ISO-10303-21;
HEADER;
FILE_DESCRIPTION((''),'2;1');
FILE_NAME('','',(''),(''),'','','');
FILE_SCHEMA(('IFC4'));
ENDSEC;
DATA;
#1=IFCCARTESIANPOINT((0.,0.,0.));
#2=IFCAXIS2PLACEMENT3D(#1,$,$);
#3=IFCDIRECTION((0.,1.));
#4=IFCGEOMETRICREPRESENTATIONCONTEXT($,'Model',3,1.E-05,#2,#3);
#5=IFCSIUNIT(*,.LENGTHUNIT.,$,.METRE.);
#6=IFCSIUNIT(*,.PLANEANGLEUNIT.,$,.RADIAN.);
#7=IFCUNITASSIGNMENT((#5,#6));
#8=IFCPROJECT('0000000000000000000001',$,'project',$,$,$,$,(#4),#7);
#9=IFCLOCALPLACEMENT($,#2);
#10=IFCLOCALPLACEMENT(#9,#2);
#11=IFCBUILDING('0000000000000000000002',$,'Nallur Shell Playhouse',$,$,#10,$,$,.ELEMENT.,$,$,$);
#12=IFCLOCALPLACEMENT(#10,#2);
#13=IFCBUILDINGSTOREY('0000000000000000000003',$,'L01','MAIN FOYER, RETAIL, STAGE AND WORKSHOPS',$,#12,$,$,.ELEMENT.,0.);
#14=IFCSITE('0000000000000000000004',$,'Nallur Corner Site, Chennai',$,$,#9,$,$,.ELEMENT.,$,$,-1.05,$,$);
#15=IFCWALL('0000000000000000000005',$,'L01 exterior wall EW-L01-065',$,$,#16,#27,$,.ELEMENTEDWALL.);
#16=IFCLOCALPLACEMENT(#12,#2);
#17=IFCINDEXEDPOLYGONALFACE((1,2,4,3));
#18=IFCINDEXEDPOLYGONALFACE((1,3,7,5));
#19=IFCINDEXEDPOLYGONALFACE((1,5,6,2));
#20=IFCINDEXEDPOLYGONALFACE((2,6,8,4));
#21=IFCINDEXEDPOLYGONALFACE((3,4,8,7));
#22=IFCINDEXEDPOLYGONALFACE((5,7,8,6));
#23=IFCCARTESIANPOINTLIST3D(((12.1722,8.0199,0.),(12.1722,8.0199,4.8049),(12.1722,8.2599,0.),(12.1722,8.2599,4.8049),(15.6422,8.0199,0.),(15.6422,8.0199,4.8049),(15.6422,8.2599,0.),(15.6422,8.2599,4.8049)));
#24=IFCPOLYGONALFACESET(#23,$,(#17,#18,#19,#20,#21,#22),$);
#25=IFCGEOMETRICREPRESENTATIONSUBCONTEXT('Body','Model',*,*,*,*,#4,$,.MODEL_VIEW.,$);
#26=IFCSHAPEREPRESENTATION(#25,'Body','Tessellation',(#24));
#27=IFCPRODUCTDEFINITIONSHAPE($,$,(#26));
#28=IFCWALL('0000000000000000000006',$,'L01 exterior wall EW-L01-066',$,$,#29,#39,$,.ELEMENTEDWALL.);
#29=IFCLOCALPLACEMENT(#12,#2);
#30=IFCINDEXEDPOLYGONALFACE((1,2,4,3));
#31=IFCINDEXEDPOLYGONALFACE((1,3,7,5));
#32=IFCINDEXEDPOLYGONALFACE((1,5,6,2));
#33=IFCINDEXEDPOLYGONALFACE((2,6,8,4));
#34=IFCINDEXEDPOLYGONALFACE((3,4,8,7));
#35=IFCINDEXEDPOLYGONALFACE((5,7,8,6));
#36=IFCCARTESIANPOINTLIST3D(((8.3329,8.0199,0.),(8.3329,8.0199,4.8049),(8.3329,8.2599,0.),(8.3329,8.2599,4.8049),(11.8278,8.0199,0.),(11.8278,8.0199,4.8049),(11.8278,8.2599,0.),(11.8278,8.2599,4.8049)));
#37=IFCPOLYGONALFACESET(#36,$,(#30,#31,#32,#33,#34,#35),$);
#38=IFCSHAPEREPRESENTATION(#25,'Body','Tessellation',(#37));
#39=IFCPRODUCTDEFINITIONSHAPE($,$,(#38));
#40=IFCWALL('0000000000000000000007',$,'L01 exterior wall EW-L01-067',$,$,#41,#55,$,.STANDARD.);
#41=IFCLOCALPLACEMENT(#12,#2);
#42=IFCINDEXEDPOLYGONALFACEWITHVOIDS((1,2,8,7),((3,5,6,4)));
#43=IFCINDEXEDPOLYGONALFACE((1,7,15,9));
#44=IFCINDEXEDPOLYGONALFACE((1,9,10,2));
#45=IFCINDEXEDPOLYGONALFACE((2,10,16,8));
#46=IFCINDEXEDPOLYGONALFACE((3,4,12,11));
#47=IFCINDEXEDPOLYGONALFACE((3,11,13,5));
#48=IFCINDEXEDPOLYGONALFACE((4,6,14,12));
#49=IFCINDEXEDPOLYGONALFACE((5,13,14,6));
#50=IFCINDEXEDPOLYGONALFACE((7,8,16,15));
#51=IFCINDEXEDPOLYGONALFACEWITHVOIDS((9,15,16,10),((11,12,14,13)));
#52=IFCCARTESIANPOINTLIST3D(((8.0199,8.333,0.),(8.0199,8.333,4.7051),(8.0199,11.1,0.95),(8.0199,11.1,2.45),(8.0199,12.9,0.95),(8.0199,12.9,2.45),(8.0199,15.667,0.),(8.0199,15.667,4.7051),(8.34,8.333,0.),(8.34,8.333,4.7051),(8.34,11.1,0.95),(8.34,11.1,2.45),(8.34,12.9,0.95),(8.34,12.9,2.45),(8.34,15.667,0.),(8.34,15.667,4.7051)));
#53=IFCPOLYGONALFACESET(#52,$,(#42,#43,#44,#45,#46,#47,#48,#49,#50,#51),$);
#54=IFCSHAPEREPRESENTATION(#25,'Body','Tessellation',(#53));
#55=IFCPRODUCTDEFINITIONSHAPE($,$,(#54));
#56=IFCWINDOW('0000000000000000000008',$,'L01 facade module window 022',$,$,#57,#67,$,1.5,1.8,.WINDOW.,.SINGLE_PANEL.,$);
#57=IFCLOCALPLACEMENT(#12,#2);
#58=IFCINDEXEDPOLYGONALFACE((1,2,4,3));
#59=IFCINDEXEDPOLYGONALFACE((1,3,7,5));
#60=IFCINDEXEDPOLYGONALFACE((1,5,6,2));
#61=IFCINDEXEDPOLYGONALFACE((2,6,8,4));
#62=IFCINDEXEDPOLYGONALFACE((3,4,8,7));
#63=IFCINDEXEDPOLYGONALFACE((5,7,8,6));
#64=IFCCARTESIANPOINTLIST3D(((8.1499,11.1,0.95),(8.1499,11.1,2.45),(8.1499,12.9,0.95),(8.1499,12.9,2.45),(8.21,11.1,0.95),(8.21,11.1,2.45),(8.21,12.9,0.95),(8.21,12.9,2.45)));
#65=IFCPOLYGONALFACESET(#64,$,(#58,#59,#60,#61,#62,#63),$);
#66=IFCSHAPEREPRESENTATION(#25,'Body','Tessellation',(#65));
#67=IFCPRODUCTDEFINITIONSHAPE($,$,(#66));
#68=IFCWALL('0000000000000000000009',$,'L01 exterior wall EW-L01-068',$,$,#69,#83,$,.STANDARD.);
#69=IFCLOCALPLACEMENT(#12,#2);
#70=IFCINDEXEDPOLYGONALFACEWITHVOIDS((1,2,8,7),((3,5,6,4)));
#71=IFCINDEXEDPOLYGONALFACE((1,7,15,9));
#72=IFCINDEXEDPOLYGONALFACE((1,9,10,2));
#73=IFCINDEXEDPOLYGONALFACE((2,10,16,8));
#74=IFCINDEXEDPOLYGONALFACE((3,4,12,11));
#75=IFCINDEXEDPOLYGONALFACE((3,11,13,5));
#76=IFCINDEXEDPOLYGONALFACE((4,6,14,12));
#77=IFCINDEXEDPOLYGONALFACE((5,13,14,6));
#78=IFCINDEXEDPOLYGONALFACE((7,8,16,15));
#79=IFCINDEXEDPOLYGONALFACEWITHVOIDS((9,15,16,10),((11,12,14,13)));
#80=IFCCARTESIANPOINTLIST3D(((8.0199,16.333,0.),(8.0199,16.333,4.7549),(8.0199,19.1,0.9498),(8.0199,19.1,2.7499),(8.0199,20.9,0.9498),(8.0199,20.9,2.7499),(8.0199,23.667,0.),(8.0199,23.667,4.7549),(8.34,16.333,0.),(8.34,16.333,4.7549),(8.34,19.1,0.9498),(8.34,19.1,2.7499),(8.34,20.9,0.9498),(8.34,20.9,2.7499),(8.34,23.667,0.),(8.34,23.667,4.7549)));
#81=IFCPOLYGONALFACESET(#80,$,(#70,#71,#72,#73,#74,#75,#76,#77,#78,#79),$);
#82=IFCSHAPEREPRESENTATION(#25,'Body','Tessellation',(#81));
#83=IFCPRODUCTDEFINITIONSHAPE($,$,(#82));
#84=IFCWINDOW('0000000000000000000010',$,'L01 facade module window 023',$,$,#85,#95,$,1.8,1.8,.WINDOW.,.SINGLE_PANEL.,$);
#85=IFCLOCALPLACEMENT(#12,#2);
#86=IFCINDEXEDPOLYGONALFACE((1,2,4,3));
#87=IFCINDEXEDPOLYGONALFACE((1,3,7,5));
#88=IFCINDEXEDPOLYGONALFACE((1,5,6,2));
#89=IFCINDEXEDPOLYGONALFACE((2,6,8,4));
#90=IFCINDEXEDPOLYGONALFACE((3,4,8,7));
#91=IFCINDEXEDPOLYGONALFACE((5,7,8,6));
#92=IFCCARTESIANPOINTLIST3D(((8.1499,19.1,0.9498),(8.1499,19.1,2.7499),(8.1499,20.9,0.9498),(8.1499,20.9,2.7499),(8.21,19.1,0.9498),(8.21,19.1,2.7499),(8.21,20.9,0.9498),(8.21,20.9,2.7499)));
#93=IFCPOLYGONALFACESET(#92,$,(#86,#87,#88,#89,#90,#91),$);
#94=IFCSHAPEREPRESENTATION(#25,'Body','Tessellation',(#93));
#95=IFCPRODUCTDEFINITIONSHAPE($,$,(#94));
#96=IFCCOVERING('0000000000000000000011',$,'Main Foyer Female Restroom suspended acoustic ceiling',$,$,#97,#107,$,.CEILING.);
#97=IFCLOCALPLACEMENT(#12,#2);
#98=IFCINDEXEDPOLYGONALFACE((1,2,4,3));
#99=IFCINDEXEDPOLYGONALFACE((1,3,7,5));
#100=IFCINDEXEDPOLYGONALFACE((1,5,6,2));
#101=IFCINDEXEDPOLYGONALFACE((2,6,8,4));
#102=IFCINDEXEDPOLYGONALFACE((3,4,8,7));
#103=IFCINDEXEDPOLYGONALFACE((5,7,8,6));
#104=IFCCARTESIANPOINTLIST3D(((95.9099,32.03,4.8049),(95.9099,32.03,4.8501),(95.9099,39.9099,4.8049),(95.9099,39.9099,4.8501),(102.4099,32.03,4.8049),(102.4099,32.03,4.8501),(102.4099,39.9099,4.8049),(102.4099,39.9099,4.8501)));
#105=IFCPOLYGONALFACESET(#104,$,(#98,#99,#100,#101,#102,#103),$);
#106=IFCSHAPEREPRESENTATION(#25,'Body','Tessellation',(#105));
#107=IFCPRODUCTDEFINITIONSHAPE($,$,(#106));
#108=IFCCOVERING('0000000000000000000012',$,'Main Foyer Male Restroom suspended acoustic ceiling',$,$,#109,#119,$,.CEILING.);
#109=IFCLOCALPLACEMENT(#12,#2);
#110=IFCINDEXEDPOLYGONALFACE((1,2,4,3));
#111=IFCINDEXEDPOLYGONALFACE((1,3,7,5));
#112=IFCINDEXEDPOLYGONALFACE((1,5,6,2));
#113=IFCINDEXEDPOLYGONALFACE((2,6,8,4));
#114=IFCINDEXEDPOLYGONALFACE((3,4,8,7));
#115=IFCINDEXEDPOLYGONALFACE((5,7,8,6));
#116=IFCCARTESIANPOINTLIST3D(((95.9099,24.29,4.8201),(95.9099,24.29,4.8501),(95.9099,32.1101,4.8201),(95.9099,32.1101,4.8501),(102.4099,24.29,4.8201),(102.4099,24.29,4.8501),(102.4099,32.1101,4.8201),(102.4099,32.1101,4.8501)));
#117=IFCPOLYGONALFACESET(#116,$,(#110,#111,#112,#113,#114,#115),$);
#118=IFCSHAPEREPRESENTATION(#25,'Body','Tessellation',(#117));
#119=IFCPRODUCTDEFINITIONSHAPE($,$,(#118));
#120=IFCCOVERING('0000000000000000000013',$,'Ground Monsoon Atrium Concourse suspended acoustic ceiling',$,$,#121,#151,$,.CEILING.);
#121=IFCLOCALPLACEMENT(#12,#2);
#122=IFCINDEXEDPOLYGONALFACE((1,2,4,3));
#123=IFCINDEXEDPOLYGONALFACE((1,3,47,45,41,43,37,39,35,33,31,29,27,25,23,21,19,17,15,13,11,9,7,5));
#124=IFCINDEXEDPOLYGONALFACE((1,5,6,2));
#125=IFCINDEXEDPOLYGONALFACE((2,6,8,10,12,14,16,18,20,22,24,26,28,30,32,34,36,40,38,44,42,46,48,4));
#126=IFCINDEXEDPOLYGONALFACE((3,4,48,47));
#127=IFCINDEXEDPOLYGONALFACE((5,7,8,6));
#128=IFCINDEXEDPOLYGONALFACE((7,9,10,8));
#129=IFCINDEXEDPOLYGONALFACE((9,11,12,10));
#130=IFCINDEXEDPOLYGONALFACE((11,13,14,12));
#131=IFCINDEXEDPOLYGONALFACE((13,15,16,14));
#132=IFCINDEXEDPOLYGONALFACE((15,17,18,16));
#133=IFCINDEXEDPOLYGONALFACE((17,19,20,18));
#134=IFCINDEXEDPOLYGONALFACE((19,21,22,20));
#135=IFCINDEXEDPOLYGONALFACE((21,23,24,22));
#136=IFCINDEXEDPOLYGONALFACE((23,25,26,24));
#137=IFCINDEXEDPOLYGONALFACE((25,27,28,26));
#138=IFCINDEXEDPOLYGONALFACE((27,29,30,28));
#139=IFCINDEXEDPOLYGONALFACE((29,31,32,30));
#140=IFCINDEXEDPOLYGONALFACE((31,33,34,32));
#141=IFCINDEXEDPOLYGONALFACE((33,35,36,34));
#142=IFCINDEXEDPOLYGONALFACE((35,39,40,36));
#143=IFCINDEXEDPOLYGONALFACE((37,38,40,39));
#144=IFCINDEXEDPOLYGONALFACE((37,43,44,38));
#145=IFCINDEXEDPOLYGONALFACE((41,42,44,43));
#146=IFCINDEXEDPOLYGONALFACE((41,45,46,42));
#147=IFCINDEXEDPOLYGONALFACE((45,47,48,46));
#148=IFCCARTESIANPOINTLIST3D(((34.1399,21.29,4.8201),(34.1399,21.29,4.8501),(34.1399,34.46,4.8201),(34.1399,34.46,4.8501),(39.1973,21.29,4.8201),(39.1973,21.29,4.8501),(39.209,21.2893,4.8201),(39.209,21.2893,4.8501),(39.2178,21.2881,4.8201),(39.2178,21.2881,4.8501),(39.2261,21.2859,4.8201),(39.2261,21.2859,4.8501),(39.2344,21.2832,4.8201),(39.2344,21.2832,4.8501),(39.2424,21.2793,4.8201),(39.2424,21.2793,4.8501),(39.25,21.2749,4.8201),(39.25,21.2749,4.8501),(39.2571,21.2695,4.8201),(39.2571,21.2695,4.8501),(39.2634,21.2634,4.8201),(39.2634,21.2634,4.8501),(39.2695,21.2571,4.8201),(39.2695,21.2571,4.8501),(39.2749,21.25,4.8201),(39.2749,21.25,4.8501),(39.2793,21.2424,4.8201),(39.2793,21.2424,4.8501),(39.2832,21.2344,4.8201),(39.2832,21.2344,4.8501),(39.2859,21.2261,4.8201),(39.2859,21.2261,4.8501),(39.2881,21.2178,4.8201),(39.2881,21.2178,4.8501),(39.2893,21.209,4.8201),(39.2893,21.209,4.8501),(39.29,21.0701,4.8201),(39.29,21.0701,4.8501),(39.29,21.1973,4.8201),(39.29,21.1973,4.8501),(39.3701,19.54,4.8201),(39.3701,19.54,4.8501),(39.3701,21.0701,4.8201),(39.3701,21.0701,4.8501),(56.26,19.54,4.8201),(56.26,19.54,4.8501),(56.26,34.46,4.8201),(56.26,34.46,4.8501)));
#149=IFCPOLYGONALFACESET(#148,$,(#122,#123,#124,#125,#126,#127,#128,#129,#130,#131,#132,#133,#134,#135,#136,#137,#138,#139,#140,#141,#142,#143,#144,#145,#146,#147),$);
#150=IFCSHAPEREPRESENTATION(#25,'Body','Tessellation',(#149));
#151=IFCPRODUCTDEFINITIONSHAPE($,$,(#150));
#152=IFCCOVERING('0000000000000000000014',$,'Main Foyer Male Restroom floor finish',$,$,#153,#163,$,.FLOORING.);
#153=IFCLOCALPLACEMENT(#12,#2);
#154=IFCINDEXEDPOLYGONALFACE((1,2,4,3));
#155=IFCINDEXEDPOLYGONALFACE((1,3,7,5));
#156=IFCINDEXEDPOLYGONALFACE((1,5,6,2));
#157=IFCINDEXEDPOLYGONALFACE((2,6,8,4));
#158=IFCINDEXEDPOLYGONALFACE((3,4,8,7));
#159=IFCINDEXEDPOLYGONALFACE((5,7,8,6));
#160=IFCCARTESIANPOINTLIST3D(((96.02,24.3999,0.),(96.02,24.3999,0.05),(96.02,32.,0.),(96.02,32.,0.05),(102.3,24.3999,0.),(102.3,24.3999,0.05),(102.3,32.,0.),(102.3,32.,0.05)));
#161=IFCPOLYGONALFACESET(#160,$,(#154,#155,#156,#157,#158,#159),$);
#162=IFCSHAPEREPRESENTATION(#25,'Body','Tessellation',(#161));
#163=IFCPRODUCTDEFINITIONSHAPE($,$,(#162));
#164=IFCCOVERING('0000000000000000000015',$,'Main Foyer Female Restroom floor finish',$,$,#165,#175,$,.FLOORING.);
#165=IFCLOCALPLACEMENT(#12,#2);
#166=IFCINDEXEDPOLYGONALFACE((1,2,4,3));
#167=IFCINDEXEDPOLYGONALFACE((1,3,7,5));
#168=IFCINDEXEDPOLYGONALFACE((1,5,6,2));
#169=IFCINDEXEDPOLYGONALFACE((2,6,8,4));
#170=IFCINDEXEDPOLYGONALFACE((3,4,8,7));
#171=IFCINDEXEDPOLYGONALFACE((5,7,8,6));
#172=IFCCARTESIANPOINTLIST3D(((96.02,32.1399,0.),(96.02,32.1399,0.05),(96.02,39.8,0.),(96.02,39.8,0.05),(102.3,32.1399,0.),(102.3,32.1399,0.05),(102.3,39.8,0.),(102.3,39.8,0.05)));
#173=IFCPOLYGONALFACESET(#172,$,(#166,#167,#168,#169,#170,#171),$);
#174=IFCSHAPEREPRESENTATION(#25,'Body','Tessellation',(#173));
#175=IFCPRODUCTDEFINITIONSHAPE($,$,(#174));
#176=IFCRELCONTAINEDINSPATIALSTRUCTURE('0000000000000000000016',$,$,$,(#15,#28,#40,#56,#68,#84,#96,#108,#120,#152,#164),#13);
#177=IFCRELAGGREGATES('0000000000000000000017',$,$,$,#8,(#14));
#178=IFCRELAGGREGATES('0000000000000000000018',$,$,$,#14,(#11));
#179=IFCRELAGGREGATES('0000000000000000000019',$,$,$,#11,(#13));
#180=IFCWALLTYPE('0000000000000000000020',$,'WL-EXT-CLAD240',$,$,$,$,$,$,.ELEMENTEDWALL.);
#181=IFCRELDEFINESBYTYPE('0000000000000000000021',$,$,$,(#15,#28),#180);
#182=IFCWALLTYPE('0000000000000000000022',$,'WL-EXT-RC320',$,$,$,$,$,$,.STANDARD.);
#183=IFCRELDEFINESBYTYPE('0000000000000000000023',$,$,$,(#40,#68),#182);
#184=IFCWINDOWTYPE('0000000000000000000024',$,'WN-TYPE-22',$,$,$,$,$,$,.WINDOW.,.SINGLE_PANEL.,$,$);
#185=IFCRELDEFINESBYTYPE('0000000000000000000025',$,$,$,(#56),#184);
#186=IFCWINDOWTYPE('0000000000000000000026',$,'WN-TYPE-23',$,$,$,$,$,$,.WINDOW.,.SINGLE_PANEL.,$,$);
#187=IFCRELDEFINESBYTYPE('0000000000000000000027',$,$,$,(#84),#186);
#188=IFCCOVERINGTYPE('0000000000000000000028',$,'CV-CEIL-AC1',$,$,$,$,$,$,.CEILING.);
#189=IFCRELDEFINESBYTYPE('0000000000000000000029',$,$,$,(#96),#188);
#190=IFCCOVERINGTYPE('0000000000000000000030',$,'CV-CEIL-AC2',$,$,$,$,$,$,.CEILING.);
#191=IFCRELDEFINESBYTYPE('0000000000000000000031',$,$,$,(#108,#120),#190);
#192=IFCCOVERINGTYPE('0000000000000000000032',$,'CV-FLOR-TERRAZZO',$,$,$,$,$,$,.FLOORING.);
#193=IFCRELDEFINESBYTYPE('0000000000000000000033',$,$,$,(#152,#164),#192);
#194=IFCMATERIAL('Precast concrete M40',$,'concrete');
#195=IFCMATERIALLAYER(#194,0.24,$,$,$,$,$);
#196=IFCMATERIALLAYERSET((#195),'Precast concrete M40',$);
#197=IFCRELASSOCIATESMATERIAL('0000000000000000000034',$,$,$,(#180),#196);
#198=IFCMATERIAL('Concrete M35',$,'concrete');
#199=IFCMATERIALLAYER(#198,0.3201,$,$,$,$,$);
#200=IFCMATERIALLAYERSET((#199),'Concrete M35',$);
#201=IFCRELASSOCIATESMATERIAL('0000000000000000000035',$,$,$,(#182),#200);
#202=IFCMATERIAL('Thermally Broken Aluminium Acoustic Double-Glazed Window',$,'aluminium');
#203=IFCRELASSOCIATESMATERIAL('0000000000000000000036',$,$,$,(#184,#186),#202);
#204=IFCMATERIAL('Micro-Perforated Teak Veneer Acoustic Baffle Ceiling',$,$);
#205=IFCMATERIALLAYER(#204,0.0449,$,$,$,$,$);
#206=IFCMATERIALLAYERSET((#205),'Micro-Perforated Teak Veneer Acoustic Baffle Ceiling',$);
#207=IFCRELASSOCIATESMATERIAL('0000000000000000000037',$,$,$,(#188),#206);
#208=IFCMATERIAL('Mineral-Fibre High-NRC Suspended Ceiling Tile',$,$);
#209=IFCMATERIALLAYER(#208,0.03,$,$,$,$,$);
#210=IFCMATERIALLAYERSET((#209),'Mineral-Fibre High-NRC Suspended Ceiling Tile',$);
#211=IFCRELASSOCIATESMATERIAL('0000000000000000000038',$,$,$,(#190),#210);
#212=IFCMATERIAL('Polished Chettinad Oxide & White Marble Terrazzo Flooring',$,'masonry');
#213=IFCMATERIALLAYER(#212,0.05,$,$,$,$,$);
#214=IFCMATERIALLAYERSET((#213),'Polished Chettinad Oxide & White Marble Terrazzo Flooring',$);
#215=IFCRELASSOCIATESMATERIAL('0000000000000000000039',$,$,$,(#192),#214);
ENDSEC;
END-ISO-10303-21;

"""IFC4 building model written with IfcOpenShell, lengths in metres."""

from ifc_helpers import new_model, si_unit, direction, frame, frame_2d, origin, place, context, subcontext, project, spatial, polyline, rectangle, outline, extrude, material, layer, layer_set, type_object, element, fill, save


model = new_model("IFC4")

# Units and contexts
model_context = context("Model", 3, precision=1e-05, world=origin(), true_north=direction((0.0, 1.0)))
body_context = subcontext(model_context, "Body", "Model", "MODEL_VIEW")
ifc_project = project(units=[si_unit("LENGTHUNIT", "METRE"), si_unit("PLANEANGLEUNIT", "RADIAN")], contexts=[model_context])

# Site, building, storey
site_placement = place(None, origin())
site = spatial("IfcSite", under=ifc_project, at=site_placement, Name="Nallur Corner Site, Chennai", CompositionType="ELEMENT", RefElevation=-1.05)
building_placement = place(site_placement, origin())
building = spatial("IfcBuilding", under=site, at=building_placement, Name="Nallur Shell Playhouse", CompositionType="ELEMENT")
storey_placement = place(building_placement, origin())
storey = spatial("IfcBuildingStorey", under=building, at=storey_placement, Name="L01", Description="MAIN FOYER, RETAIL, STAGE AND WORKSHOPS", CompositionType="ELEMENT", Elevation=0.0)

# Shared definitions
ifc_material_1 = material(Name="Concrete M35", Category="concrete")

# Walls
ifc_material_2 = material(Name="Precast concrete M40", Category="concrete")
ifc_layer_1 = layer(ifc_material_2, 0.24)
ifc_layer_set_1 = layer_set([ifc_layer_1], Name="Precast concrete M40")
wall_type_1 = type_object("IfcWallType", Name="WL-EXT-CLAD240", PredefinedType="ELEMENTEDWALL", material=ifc_layer_set_1)
wall_1_placement = place(storey_placement, frame((15.6421, 8.1399, 0.0), z_axis=(0.0, 0.0, 1.0), x_axis=(-1.0, 0.0, 0.0)))
element("IfcWall", 1, at=wall_1_placement, inside=storey, type_object=wall_type_1, Name="L01 exterior wall EW-L01-065", PredefinedType="ELEMENTEDWALL", context=body_context, shape_type="SweptSolid", body=[
    extrude(rectangle(XDim=3.47, YDim=0.24, at=frame_2d((1.7349, 0.0))), origin(), (0.0, 0.0, 1.0), 4.8049),
])
wall_2_placement = place(storey_placement, frame((11.8279, 8.1399, 0.0), z_axis=(0.0, 0.0, 1.0), x_axis=(-1.0, 0.0, 0.0)))
element("IfcWall", 2, at=wall_2_placement, inside=storey, type_object=wall_type_1, Name="L01 exterior wall EW-L01-066", PredefinedType="ELEMENTEDWALL", context=body_context, shape_type="SweptSolid", body=[
    extrude(rectangle(XDim=3.4949, YDim=0.24, at=frame_2d((1.7476, 0.0))), origin(), (0.0, 0.0, 1.0), 4.8049),
])

# Walls, openings, windows
ifc_layer_2 = layer(ifc_material_1, 0.3201)
ifc_layer_set_2 = layer_set([ifc_layer_2], Name="Concrete M35")
wall_type_2 = type_object("IfcWallType", Name="WL-EXT-RC320", PredefinedType="STANDARD", material=ifc_layer_set_2)
wall_3_placement = place(storey_placement, frame((8.1799, 8.333, 0.0), z_axis=(0.0, 0.0, 1.0), x_axis=(0.0, 1.0, 0.0)))
wall_3 = element("IfcWall", 3, at=wall_3_placement, inside=storey, type_object=wall_type_2, Name="L01 exterior wall EW-L01-067", PredefinedType="STANDARD", context=body_context, shape_type="SweptSolid", body=[
    extrude(rectangle(XDim=7.334, YDim=0.3201, at=frame_2d((3.667, 0.0))), origin(), (0.0, 0.0, 1.0), 4.7051),
])
opening_1_placement = place(wall_3_placement, frame((2.7671, 0.0, 0.95)))
opening_1 = element("IfcOpeningElement", 4, at=opening_1_placement, cuts=wall_3, PredefinedType="OPENING", context=body_context, shape_type="SweptSolid", body=[
    extrude(rectangle(XDim=1.8, YDim=1.5, at=frame_2d((0.8999, 0.75))), frame((0.0, 0.1699, 0.0), z_axis=(0.0, -1.0, 0.0), x_axis=(1.0, 0.0, 0.0)), (0.0, 0.0, 1.0), 0.3401),
])
ifc_material_3 = material(Name="Thermally Broken Aluminium Acoustic Double-Glazed Window", Category="aluminium")
window_type_1 = type_object("IfcWindowType", Name="WN-TYPE-22", PartitioningType="SINGLE_PANEL", PredefinedType="WINDOW", material=ifc_material_3)
window_1_placement = place(opening_1_placement, origin())
window_1 = element("IfcWindow", 5, at=window_1_placement, inside=storey, type_object=window_type_1, Name="L01 facade module window 022", OverallHeight=1.5, OverallWidth=1.8, PartitioningType="SINGLE_PANEL", PredefinedType="WINDOW", context=body_context, shape_type="SweptSolid", body=[
    extrude(rectangle(XDim=1.8, YDim=1.5, at=frame_2d((0.8999, 0.75))), frame((0.0, 0.03, 0.0), z_axis=(0.0, -1.0, 0.0), x_axis=(1.0, 0.0, 0.0)), (0.0, 0.0, 1.0), 0.0601),
])
fill(opening_1, window_1)
wall_4_placement = place(storey_placement, frame((8.1799, 16.333, 0.0), z_axis=(0.0, 0.0, 1.0), x_axis=(0.0, 1.0, 0.0)))
wall_4 = element("IfcWall", 6, at=wall_4_placement, inside=storey, type_object=wall_type_2, Name="L01 exterior wall EW-L01-068", PredefinedType="STANDARD", context=body_context, shape_type="SweptSolid", body=[
    extrude(rectangle(XDim=7.334, YDim=0.3201, at=frame_2d((3.667, 0.0))), origin(), (0.0, 0.0, 1.0), 4.7549),
])
opening_2_placement = place(wall_4_placement, frame((2.7671, 0.0, 0.95)))
opening_2 = element("IfcOpeningElement", 7, at=opening_2_placement, cuts=wall_4, PredefinedType="OPENING", context=body_context, shape_type="SweptSolid", body=[
    extrude(rectangle(XDim=1.8, YDim=1.8, at=frame_2d((0.8999, 0.8999))), frame((0.0, 0.1699, 0.0), z_axis=(0.0, -1.0, 0.0), x_axis=(1.0, 0.0, 0.0)), (0.0, 0.0, 1.0), 0.3401),
])
window_type_2 = type_object("IfcWindowType", Name="WN-TYPE-23", PartitioningType="SINGLE_PANEL", PredefinedType="WINDOW", material=ifc_material_3)
window_2_placement = place(opening_2_placement, origin())
window_2 = element("IfcWindow", 8, at=window_2_placement, inside=storey, type_object=window_type_2, Name="L01 facade module window 023", OverallHeight=1.8, OverallWidth=1.8, PartitioningType="SINGLE_PANEL", PredefinedType="WINDOW", context=body_context, shape_type="SweptSolid", body=[
    extrude(rectangle(XDim=1.8, YDim=1.8, at=frame_2d((0.8999, 0.8999))), frame((0.0, 0.03, 0.0), z_axis=(0.0, -1.0, 0.0), x_axis=(1.0, 0.0, 0.0)), (0.0, 0.0, 1.0), 0.0601),
])
fill(opening_2, window_2)

# Coverings
ifc_material_4 = material(Name="Micro-Perforated Teak Veneer Acoustic Baffle Ceiling")
ifc_layer_3 = layer(ifc_material_4, 0.0449)
ifc_layer_set_3 = layer_set([ifc_layer_3], Name="Micro-Perforated Teak Veneer Acoustic Baffle Ceiling")
covering_type_1 = type_object("IfcCoveringType", Name="CV-CEIL-AC1", PredefinedType="CEILING", material=ifc_layer_set_3)
covering_1_placement = place(storey_placement, frame((0.0, 0.0, 4.8049)))
element("IfcCovering", 9, at=covering_1_placement, inside=storey, type_object=covering_type_1, Name="Main Foyer Female Restroom suspended acoustic ceiling", PredefinedType="CEILING", context=body_context, shape_type="SweptSolid", body=[
    extrude(outline(polyline([(102.4099, 32.03), (95.9099, 32.03), (95.9099, 39.9099), (102.4099, 39.9099), (102.4099, 32.03)])), origin(), (0.0, 0.0, 1.0), 0.0452),
])
ifc_material_5 = material(Name="Mineral-Fibre High-NRC Suspended Ceiling Tile")
ifc_layer_4 = layer(ifc_material_5, 0.03)
ifc_layer_set_4 = layer_set([ifc_layer_4], Name="Mineral-Fibre High-NRC Suspended Ceiling Tile")
covering_type_2 = type_object("IfcCoveringType", Name="CV-CEIL-AC2", PredefinedType="CEILING", material=ifc_layer_set_4)
covering_2_placement = place(storey_placement, frame((0.0, 0.0, 4.8201)))
element("IfcCovering", 10, at=covering_2_placement, inside=storey, type_object=covering_type_2, Name="Main Foyer Male Restroom suspended acoustic ceiling", PredefinedType="CEILING", context=body_context, shape_type="SweptSolid", body=[
    extrude(outline(polyline([(102.4099, 24.29), (95.9099, 24.29), (95.9099, 32.1101), (102.4099, 32.1101), (102.4099, 24.29)])), origin(), (0.0, 0.0, 1.0), 0.03),
])
covering_3_placement = place(storey_placement, frame((0.0, 0.0, 4.8201)))
element("IfcCovering", 11, at=covering_3_placement, inside=storey, type_object=covering_type_2, Name="Ground Monsoon Atrium Concourse suspended acoustic ceiling", PredefinedType="CEILING", context=body_context, shape_type="SweptSolid", body=[
    extrude(outline(polyline([(39.2695, 21.2571), (39.2634, 21.2634), (39.2571, 21.2695), (39.25, 21.2749), (39.2424, 21.2793), (39.2344, 21.2832), (39.2261, 21.2859), (39.2178, 21.2881), (39.209, 21.2893), (39.1973, 21.29), (34.1399, 21.29), (34.1399, 34.46), (56.26, 34.46), (56.26, 19.54), (39.3701, 19.54), (39.3701, 21.0701), (39.29, 21.0701), (39.29, 21.1973), (39.2893, 21.209), (39.2881, 21.2178), (39.2859, 21.2261), (39.2832, 21.2344), (39.2793, 21.2424), (39.2749, 21.25), (39.2695, 21.2571)])), origin(), (0.0, 0.0, 1.0), 0.03),
])
ifc_material_6 = material(Name="Polished Chettinad Oxide & White Marble Terrazzo Flooring", Category="masonry")
ifc_layer_5 = layer(ifc_material_6, 0.05)
ifc_layer_set_5 = layer_set([ifc_layer_5], Name="Polished Chettinad Oxide & White Marble Terrazzo Flooring")
covering_type_3 = type_object("IfcCoveringType", Name="CV-FLOR-TERRAZZO", PredefinedType="FLOORING", material=ifc_layer_set_5)
covering_4_placement = place(storey_placement, origin())
element("IfcCovering", 12, at=covering_4_placement, inside=storey, type_object=covering_type_3, Name="Main Foyer Male Restroom floor finish", PredefinedType="FLOORING", context=body_context, shape_type="SweptSolid", body=[
    extrude(outline(polyline([(102.3, 24.3999), (96.02, 24.3999), (96.02, 32.0), (102.3, 32.0), (102.3, 24.3999)])), origin(), (0.0, 0.0, 1.0), 0.05),
])
covering_5_placement = place(storey_placement, origin())
element("IfcCovering", 13, at=covering_5_placement, inside=storey, type_object=covering_type_3, Name="Main Foyer Female Restroom floor finish", PredefinedType="FLOORING", context=body_context, shape_type="SweptSolid", body=[
    extrude(outline(polyline([(102.3, 32.1399), (96.02, 32.1399), (96.02, 39.8), (102.3, 39.8), (102.3, 32.1399)])), origin(), (0.0, 0.0, 1.0), 0.05),
])

save(model, "model.ifc")
